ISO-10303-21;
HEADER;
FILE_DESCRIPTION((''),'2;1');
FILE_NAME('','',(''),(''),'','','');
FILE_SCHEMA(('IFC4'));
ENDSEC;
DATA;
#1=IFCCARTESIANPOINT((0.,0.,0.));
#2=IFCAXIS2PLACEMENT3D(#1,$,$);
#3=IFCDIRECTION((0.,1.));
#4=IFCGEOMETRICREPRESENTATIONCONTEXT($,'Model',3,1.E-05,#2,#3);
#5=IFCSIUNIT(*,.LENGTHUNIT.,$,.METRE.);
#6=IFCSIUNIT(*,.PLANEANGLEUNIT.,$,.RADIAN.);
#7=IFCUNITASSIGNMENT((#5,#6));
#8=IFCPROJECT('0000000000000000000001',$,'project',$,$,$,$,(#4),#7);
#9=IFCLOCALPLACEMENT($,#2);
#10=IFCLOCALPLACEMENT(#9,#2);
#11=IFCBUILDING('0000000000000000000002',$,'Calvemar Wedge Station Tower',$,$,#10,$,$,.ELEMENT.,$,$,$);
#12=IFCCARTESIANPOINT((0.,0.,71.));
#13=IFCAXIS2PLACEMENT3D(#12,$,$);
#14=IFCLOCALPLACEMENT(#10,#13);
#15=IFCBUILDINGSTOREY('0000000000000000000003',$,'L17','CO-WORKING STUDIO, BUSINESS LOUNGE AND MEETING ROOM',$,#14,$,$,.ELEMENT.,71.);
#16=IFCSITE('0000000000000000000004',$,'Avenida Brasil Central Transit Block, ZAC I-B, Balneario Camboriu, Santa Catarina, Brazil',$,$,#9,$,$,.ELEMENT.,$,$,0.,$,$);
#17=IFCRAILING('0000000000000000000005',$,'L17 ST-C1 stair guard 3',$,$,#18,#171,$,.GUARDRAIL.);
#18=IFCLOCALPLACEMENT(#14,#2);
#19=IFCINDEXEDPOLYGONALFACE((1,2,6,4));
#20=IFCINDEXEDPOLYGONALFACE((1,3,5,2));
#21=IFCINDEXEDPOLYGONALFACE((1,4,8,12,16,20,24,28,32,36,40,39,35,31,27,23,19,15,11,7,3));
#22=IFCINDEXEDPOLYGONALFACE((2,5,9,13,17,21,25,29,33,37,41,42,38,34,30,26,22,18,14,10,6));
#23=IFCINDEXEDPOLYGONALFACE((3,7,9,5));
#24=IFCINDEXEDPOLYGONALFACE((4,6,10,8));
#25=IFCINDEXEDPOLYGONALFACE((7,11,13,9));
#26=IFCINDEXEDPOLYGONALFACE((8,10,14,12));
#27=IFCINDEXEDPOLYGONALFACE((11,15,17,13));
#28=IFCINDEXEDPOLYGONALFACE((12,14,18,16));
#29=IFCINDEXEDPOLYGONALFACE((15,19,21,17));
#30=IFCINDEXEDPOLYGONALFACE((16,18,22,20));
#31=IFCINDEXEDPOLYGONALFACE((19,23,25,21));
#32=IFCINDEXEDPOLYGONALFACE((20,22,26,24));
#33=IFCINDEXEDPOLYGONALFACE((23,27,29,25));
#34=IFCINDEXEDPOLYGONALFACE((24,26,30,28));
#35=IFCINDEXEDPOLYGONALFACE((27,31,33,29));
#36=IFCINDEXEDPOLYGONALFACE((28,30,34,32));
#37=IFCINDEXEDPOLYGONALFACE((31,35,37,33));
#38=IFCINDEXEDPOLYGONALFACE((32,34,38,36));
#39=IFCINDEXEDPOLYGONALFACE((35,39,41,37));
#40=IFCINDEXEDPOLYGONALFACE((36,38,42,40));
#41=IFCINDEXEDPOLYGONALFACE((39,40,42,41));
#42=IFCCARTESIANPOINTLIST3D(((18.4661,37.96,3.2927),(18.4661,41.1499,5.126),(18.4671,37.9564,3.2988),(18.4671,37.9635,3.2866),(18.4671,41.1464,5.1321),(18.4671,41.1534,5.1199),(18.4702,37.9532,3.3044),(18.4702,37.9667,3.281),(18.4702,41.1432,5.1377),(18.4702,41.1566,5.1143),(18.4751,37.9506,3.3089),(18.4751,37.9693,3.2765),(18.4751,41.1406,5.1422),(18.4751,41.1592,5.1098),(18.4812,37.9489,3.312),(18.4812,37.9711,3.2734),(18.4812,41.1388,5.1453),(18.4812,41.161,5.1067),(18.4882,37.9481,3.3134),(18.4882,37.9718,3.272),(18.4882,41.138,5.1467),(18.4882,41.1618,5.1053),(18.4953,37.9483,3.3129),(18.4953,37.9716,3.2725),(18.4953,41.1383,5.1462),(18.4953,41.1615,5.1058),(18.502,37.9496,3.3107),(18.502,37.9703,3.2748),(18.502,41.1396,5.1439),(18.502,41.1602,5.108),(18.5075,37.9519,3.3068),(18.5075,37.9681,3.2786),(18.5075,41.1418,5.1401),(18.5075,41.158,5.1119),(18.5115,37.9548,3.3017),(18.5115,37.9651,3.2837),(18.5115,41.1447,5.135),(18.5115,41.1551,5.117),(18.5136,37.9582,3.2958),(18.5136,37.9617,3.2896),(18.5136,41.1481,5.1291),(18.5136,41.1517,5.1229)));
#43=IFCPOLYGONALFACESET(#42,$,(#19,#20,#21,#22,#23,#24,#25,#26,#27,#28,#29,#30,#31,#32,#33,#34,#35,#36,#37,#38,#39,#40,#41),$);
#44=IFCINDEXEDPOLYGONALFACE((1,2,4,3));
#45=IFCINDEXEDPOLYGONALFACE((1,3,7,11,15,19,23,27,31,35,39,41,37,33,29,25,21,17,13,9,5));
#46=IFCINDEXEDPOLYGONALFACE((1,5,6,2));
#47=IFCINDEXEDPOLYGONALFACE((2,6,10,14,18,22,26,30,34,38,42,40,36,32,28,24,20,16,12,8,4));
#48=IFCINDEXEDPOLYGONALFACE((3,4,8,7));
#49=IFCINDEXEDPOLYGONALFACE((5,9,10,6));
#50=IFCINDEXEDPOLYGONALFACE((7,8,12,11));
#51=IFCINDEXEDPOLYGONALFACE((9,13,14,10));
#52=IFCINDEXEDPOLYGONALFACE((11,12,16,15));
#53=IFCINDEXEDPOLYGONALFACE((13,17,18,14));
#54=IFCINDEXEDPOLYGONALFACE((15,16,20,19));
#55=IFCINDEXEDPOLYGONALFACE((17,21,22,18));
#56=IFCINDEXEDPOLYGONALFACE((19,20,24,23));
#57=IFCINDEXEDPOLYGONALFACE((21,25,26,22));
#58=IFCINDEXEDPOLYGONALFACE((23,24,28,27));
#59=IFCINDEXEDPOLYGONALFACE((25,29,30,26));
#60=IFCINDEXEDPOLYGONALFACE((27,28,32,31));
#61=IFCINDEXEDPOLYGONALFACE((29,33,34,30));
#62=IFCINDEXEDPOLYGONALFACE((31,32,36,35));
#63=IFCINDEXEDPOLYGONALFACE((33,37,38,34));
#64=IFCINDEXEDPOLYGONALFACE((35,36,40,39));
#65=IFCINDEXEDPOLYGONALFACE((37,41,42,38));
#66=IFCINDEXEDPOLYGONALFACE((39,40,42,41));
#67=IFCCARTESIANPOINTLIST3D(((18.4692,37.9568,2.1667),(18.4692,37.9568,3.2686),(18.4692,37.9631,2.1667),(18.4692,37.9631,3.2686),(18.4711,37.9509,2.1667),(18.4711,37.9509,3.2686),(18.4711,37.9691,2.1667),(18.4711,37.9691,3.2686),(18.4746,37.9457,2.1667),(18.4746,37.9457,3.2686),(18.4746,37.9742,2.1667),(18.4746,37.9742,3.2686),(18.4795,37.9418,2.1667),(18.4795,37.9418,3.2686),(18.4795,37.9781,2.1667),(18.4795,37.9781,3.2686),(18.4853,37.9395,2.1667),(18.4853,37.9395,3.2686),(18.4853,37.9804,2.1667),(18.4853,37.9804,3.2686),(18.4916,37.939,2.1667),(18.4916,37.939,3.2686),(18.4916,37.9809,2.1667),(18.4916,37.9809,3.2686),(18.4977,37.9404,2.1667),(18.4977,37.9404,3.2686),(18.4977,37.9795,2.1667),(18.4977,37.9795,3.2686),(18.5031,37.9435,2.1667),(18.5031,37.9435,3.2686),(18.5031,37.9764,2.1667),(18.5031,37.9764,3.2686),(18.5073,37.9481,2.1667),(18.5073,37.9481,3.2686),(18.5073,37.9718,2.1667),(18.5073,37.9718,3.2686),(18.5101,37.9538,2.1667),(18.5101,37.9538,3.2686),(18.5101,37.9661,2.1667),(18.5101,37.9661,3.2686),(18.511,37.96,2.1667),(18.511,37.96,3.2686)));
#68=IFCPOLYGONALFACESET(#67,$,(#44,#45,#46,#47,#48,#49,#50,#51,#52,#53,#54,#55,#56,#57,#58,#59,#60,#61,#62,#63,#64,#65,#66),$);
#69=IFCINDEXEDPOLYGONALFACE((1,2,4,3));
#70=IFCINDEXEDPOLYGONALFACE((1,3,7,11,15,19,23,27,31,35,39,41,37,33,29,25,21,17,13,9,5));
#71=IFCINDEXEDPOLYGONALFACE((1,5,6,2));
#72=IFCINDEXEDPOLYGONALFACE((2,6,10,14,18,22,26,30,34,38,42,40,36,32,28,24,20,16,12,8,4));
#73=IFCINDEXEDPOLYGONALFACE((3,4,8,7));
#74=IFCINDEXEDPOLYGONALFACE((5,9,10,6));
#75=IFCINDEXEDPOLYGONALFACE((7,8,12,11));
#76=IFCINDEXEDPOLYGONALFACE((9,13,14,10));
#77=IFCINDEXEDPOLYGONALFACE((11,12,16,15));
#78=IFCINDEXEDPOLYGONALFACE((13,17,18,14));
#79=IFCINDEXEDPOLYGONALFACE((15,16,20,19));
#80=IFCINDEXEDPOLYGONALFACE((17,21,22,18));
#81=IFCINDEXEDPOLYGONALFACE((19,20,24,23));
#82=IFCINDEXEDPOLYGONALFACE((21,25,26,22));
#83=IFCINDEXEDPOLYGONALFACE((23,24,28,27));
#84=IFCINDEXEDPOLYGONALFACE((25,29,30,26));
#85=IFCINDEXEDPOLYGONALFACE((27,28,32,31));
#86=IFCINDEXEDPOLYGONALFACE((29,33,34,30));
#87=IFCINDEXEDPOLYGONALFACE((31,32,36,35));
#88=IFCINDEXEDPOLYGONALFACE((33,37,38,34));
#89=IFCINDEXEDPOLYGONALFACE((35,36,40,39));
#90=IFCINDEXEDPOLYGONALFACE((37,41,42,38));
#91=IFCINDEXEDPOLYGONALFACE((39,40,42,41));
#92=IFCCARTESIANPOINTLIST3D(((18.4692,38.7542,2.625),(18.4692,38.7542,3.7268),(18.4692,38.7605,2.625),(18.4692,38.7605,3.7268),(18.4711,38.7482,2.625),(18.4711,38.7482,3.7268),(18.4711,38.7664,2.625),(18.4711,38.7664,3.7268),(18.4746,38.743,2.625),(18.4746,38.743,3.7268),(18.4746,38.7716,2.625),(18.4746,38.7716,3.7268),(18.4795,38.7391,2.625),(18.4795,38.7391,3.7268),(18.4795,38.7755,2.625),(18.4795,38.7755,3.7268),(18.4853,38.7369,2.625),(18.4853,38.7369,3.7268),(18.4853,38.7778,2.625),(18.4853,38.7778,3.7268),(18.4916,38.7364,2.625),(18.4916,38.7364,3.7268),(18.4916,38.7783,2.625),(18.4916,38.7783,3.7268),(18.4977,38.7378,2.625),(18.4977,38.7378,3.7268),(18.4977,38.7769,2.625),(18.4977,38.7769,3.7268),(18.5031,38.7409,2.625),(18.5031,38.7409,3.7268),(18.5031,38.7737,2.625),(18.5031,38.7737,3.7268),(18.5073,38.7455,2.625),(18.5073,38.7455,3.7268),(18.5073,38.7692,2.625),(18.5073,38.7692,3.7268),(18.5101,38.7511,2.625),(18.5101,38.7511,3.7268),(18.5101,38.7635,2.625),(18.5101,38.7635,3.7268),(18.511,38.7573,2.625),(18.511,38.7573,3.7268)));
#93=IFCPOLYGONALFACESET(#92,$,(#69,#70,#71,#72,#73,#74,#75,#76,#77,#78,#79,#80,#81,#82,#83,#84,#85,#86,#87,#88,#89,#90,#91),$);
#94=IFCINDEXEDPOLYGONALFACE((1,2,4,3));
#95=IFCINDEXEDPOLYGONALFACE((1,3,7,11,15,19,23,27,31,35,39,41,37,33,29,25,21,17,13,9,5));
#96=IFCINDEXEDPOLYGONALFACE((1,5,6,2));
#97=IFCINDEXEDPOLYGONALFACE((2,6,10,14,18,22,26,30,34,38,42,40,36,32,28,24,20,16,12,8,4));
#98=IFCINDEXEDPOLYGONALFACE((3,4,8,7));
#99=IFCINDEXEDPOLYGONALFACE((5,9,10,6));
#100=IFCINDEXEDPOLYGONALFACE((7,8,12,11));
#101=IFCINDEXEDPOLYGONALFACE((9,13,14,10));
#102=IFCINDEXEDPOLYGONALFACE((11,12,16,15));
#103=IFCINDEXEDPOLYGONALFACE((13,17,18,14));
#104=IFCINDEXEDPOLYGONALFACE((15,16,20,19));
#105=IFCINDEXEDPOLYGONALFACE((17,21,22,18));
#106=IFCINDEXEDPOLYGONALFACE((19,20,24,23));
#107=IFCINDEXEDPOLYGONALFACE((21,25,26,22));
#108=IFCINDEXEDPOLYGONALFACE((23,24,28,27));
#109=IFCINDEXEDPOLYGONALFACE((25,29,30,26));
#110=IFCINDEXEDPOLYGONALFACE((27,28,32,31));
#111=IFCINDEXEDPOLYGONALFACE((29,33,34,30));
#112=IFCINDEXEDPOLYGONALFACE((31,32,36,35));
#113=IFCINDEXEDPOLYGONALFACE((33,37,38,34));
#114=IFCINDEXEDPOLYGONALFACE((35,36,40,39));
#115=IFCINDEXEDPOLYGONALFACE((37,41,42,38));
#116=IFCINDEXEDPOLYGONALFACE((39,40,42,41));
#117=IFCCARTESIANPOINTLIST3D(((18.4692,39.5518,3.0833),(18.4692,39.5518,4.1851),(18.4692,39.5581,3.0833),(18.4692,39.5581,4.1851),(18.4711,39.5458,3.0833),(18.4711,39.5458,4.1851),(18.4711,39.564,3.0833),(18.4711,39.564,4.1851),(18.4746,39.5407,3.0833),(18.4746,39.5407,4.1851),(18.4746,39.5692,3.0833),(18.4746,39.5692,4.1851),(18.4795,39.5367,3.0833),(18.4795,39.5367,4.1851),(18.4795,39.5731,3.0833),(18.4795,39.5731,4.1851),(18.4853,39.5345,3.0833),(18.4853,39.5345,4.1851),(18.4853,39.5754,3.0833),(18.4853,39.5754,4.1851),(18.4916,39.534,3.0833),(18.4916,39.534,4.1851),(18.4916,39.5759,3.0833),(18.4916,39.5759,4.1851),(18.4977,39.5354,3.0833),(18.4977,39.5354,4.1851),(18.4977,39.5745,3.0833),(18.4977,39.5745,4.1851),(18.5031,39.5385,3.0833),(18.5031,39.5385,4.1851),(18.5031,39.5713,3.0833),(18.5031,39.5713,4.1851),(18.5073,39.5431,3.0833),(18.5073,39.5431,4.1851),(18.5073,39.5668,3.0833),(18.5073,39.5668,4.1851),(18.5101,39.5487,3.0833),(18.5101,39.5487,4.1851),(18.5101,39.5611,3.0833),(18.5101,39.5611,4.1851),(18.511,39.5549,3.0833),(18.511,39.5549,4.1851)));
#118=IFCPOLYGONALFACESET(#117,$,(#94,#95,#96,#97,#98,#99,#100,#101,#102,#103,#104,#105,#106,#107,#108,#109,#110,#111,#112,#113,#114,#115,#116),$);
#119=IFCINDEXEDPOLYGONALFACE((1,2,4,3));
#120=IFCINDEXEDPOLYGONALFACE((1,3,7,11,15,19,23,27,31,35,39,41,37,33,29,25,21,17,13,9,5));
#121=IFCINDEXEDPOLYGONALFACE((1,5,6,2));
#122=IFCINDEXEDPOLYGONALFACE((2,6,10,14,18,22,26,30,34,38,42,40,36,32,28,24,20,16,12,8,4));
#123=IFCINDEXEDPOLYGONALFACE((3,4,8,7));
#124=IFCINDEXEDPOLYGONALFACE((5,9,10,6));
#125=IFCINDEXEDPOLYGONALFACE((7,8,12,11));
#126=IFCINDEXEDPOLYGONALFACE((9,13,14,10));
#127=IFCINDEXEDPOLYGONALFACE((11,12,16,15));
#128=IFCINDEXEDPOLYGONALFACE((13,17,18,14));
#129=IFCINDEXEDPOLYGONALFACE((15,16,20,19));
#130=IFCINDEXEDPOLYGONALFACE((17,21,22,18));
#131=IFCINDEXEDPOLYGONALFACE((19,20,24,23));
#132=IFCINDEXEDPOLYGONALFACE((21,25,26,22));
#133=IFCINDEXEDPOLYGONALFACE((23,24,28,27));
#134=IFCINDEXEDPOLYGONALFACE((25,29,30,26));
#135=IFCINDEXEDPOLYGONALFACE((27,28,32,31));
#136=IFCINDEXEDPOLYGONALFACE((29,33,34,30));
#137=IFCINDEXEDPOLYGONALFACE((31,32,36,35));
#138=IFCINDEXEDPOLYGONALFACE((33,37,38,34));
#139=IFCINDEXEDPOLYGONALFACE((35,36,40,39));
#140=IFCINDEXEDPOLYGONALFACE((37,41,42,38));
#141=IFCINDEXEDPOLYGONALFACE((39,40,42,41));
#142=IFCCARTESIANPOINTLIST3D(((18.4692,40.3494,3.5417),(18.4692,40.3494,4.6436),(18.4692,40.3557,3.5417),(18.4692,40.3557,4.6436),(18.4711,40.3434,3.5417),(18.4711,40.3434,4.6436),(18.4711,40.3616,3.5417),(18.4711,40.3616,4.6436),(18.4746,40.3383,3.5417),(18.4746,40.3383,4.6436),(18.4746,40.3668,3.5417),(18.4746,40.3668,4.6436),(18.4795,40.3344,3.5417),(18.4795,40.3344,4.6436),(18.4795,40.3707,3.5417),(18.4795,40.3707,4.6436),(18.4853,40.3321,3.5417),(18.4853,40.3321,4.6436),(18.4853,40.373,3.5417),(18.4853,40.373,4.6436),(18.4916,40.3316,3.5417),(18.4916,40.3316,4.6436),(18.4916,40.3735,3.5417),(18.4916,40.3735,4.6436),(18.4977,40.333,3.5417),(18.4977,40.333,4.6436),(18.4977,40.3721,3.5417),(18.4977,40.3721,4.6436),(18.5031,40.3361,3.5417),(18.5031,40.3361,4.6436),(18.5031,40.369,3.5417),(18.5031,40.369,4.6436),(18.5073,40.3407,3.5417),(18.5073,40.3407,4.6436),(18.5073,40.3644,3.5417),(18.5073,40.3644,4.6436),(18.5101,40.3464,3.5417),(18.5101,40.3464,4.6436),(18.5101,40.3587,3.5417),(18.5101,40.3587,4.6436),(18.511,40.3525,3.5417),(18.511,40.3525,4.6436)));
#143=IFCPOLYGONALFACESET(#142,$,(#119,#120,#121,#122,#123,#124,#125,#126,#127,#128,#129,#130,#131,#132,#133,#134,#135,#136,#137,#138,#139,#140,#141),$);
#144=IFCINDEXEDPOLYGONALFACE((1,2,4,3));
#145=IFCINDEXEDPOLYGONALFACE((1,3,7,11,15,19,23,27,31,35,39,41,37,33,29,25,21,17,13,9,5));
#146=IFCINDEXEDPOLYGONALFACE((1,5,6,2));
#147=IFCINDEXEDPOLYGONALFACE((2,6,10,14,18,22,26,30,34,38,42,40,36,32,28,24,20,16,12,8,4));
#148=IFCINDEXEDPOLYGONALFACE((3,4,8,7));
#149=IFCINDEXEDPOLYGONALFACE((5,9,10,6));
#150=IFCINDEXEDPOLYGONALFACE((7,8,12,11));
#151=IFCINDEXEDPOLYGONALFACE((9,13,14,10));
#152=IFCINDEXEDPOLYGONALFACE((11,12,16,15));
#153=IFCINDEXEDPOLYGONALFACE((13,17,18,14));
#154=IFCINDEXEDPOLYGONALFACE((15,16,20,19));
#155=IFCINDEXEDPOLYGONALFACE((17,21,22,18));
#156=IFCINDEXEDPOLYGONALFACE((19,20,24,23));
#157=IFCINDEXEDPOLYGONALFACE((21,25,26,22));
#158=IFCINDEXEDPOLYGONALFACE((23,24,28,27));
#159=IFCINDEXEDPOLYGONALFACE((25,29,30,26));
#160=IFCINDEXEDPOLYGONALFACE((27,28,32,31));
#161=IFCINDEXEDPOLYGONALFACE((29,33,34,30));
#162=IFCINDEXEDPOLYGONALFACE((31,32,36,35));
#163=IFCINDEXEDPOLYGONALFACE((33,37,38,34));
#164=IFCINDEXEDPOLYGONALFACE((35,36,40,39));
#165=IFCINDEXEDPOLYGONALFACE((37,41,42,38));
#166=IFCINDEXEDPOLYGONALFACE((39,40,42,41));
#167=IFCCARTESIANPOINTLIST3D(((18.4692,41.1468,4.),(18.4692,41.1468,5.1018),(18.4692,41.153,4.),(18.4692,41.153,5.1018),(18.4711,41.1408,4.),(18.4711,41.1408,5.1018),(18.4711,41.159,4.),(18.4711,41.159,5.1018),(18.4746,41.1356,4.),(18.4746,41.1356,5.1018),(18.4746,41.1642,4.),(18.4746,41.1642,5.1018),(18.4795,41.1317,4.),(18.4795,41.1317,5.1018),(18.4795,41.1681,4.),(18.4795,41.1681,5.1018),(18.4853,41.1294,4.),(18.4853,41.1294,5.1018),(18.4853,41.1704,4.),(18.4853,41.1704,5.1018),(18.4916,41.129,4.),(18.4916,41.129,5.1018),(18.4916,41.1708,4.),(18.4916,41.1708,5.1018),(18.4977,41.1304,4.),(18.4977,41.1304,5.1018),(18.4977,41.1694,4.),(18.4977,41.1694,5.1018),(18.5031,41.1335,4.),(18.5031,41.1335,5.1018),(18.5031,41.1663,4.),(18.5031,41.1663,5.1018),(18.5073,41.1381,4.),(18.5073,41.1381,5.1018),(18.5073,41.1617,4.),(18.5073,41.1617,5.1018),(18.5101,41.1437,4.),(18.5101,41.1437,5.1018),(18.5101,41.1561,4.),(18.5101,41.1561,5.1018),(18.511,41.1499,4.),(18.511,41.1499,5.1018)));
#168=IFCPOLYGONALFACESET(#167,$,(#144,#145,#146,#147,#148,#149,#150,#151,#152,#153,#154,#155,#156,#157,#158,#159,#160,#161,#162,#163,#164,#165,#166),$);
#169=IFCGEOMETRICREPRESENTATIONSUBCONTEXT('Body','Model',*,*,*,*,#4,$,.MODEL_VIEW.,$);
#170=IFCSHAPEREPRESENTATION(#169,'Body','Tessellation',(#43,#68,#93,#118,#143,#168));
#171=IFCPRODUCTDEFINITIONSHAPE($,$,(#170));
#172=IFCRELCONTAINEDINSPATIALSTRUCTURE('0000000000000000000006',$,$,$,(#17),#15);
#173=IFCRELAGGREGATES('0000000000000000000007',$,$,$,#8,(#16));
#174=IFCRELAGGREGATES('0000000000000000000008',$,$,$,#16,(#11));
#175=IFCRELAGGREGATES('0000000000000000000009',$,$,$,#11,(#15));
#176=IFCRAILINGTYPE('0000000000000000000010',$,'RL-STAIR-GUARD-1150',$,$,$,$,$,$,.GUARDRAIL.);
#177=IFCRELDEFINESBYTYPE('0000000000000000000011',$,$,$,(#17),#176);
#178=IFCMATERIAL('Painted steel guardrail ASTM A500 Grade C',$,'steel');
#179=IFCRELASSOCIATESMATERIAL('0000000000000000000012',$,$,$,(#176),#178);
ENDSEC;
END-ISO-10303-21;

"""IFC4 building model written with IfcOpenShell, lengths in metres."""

from ifc_helpers import new_model, si_unit, direction, frame, origin, origin_2d, place, context, subcontext, project, spatial, circle, extrude, material, type_object, element, save


model = new_model("IFC4")

# Units and contexts
model_context = context("Model", 3, precision=1e-05, world=origin(), true_north=direction((0.0, 1.0)))
body_context = subcontext(model_context, "Body", "Model", "MODEL_VIEW")
ifc_project = project(units=[si_unit("LENGTHUNIT", "METRE"), si_unit("PLANEANGLEUNIT", "RADIAN")], contexts=[model_context])

# Site, building, storey
site_placement = place(None, origin())
site = spatial("IfcSite", under=ifc_project, at=site_placement, Name="Avenida Brasil Central Transit Block, ZAC I-B, Balneario Camboriu, Santa Catarina, Brazil", CompositionType="ELEMENT", RefElevation=0.0)
building_placement = place(site_placement, origin())
building = spatial("IfcBuilding", under=site, at=building_placement, Name="Calvemar Wedge Station Tower", CompositionType="ELEMENT")
storey_placement = place(building_placement, frame((0.0, 0.0, 71.0)))
storey = spatial("IfcBuildingStorey", under=building, at=storey_placement, Name="L17", Description="CO-WORKING STUDIO, BUSINESS LOUNGE AND MEETING ROOM", CompositionType="ELEMENT", Elevation=71.0)

# Railing
ifc_material_1 = material(Name="Painted steel guardrail ASTM A500 Grade C", Category="steel")
railing_type_1 = type_object("IfcRailingType", Name="RL-STAIR-GUARD-1150", PredefinedType="GUARDRAIL", material=ifc_material_1)
railing_1_placement = place(storey_placement, frame((18.49, 37.96, 2.1667)))
element("IfcRailing", 1, at=railing_1_placement, inside=storey, type_object=railing_type_1, Name="L17 ST-C1 stair guard 3", PredefinedType="GUARDRAIL", context=body_context, shape_type="SweptSolid", body=[
    extrude(circle(Radius=0.0239, at=origin_2d()), frame((0.0, 0.0, 1.126), z_axis=(0.0, 0.86702, 0.498274), x_axis=(-1.0, 0.0, 0.0)), (0.0, 0.0, 1.0), 3.6792),
    extrude(circle(Radius=0.021, at=origin_2d()), origin(), (0.0, 0.0, 1.0), 1.1018),
    extrude(circle(Radius=0.021, at=origin_2d()), frame((0.0, 0.7974, 0.4583)), (0.0, 0.0, 1.0), 1.1018),
    extrude(circle(Radius=0.021, at=origin_2d()), frame((0.0, 1.595, 0.9165)), (0.0, 0.0, 1.0), 1.1018),
    extrude(circle(Radius=0.021, at=origin_2d()), frame((0.0, 2.3926, 1.375)), (0.0, 0.0, 1.0), 1.1018),
    extrude(circle(Radius=0.021, at=origin_2d()), frame((0.0, 3.1899, 1.8333)), (0.0, 0.0, 1.0), 1.1018),
])

save(model, "model.ifc")
